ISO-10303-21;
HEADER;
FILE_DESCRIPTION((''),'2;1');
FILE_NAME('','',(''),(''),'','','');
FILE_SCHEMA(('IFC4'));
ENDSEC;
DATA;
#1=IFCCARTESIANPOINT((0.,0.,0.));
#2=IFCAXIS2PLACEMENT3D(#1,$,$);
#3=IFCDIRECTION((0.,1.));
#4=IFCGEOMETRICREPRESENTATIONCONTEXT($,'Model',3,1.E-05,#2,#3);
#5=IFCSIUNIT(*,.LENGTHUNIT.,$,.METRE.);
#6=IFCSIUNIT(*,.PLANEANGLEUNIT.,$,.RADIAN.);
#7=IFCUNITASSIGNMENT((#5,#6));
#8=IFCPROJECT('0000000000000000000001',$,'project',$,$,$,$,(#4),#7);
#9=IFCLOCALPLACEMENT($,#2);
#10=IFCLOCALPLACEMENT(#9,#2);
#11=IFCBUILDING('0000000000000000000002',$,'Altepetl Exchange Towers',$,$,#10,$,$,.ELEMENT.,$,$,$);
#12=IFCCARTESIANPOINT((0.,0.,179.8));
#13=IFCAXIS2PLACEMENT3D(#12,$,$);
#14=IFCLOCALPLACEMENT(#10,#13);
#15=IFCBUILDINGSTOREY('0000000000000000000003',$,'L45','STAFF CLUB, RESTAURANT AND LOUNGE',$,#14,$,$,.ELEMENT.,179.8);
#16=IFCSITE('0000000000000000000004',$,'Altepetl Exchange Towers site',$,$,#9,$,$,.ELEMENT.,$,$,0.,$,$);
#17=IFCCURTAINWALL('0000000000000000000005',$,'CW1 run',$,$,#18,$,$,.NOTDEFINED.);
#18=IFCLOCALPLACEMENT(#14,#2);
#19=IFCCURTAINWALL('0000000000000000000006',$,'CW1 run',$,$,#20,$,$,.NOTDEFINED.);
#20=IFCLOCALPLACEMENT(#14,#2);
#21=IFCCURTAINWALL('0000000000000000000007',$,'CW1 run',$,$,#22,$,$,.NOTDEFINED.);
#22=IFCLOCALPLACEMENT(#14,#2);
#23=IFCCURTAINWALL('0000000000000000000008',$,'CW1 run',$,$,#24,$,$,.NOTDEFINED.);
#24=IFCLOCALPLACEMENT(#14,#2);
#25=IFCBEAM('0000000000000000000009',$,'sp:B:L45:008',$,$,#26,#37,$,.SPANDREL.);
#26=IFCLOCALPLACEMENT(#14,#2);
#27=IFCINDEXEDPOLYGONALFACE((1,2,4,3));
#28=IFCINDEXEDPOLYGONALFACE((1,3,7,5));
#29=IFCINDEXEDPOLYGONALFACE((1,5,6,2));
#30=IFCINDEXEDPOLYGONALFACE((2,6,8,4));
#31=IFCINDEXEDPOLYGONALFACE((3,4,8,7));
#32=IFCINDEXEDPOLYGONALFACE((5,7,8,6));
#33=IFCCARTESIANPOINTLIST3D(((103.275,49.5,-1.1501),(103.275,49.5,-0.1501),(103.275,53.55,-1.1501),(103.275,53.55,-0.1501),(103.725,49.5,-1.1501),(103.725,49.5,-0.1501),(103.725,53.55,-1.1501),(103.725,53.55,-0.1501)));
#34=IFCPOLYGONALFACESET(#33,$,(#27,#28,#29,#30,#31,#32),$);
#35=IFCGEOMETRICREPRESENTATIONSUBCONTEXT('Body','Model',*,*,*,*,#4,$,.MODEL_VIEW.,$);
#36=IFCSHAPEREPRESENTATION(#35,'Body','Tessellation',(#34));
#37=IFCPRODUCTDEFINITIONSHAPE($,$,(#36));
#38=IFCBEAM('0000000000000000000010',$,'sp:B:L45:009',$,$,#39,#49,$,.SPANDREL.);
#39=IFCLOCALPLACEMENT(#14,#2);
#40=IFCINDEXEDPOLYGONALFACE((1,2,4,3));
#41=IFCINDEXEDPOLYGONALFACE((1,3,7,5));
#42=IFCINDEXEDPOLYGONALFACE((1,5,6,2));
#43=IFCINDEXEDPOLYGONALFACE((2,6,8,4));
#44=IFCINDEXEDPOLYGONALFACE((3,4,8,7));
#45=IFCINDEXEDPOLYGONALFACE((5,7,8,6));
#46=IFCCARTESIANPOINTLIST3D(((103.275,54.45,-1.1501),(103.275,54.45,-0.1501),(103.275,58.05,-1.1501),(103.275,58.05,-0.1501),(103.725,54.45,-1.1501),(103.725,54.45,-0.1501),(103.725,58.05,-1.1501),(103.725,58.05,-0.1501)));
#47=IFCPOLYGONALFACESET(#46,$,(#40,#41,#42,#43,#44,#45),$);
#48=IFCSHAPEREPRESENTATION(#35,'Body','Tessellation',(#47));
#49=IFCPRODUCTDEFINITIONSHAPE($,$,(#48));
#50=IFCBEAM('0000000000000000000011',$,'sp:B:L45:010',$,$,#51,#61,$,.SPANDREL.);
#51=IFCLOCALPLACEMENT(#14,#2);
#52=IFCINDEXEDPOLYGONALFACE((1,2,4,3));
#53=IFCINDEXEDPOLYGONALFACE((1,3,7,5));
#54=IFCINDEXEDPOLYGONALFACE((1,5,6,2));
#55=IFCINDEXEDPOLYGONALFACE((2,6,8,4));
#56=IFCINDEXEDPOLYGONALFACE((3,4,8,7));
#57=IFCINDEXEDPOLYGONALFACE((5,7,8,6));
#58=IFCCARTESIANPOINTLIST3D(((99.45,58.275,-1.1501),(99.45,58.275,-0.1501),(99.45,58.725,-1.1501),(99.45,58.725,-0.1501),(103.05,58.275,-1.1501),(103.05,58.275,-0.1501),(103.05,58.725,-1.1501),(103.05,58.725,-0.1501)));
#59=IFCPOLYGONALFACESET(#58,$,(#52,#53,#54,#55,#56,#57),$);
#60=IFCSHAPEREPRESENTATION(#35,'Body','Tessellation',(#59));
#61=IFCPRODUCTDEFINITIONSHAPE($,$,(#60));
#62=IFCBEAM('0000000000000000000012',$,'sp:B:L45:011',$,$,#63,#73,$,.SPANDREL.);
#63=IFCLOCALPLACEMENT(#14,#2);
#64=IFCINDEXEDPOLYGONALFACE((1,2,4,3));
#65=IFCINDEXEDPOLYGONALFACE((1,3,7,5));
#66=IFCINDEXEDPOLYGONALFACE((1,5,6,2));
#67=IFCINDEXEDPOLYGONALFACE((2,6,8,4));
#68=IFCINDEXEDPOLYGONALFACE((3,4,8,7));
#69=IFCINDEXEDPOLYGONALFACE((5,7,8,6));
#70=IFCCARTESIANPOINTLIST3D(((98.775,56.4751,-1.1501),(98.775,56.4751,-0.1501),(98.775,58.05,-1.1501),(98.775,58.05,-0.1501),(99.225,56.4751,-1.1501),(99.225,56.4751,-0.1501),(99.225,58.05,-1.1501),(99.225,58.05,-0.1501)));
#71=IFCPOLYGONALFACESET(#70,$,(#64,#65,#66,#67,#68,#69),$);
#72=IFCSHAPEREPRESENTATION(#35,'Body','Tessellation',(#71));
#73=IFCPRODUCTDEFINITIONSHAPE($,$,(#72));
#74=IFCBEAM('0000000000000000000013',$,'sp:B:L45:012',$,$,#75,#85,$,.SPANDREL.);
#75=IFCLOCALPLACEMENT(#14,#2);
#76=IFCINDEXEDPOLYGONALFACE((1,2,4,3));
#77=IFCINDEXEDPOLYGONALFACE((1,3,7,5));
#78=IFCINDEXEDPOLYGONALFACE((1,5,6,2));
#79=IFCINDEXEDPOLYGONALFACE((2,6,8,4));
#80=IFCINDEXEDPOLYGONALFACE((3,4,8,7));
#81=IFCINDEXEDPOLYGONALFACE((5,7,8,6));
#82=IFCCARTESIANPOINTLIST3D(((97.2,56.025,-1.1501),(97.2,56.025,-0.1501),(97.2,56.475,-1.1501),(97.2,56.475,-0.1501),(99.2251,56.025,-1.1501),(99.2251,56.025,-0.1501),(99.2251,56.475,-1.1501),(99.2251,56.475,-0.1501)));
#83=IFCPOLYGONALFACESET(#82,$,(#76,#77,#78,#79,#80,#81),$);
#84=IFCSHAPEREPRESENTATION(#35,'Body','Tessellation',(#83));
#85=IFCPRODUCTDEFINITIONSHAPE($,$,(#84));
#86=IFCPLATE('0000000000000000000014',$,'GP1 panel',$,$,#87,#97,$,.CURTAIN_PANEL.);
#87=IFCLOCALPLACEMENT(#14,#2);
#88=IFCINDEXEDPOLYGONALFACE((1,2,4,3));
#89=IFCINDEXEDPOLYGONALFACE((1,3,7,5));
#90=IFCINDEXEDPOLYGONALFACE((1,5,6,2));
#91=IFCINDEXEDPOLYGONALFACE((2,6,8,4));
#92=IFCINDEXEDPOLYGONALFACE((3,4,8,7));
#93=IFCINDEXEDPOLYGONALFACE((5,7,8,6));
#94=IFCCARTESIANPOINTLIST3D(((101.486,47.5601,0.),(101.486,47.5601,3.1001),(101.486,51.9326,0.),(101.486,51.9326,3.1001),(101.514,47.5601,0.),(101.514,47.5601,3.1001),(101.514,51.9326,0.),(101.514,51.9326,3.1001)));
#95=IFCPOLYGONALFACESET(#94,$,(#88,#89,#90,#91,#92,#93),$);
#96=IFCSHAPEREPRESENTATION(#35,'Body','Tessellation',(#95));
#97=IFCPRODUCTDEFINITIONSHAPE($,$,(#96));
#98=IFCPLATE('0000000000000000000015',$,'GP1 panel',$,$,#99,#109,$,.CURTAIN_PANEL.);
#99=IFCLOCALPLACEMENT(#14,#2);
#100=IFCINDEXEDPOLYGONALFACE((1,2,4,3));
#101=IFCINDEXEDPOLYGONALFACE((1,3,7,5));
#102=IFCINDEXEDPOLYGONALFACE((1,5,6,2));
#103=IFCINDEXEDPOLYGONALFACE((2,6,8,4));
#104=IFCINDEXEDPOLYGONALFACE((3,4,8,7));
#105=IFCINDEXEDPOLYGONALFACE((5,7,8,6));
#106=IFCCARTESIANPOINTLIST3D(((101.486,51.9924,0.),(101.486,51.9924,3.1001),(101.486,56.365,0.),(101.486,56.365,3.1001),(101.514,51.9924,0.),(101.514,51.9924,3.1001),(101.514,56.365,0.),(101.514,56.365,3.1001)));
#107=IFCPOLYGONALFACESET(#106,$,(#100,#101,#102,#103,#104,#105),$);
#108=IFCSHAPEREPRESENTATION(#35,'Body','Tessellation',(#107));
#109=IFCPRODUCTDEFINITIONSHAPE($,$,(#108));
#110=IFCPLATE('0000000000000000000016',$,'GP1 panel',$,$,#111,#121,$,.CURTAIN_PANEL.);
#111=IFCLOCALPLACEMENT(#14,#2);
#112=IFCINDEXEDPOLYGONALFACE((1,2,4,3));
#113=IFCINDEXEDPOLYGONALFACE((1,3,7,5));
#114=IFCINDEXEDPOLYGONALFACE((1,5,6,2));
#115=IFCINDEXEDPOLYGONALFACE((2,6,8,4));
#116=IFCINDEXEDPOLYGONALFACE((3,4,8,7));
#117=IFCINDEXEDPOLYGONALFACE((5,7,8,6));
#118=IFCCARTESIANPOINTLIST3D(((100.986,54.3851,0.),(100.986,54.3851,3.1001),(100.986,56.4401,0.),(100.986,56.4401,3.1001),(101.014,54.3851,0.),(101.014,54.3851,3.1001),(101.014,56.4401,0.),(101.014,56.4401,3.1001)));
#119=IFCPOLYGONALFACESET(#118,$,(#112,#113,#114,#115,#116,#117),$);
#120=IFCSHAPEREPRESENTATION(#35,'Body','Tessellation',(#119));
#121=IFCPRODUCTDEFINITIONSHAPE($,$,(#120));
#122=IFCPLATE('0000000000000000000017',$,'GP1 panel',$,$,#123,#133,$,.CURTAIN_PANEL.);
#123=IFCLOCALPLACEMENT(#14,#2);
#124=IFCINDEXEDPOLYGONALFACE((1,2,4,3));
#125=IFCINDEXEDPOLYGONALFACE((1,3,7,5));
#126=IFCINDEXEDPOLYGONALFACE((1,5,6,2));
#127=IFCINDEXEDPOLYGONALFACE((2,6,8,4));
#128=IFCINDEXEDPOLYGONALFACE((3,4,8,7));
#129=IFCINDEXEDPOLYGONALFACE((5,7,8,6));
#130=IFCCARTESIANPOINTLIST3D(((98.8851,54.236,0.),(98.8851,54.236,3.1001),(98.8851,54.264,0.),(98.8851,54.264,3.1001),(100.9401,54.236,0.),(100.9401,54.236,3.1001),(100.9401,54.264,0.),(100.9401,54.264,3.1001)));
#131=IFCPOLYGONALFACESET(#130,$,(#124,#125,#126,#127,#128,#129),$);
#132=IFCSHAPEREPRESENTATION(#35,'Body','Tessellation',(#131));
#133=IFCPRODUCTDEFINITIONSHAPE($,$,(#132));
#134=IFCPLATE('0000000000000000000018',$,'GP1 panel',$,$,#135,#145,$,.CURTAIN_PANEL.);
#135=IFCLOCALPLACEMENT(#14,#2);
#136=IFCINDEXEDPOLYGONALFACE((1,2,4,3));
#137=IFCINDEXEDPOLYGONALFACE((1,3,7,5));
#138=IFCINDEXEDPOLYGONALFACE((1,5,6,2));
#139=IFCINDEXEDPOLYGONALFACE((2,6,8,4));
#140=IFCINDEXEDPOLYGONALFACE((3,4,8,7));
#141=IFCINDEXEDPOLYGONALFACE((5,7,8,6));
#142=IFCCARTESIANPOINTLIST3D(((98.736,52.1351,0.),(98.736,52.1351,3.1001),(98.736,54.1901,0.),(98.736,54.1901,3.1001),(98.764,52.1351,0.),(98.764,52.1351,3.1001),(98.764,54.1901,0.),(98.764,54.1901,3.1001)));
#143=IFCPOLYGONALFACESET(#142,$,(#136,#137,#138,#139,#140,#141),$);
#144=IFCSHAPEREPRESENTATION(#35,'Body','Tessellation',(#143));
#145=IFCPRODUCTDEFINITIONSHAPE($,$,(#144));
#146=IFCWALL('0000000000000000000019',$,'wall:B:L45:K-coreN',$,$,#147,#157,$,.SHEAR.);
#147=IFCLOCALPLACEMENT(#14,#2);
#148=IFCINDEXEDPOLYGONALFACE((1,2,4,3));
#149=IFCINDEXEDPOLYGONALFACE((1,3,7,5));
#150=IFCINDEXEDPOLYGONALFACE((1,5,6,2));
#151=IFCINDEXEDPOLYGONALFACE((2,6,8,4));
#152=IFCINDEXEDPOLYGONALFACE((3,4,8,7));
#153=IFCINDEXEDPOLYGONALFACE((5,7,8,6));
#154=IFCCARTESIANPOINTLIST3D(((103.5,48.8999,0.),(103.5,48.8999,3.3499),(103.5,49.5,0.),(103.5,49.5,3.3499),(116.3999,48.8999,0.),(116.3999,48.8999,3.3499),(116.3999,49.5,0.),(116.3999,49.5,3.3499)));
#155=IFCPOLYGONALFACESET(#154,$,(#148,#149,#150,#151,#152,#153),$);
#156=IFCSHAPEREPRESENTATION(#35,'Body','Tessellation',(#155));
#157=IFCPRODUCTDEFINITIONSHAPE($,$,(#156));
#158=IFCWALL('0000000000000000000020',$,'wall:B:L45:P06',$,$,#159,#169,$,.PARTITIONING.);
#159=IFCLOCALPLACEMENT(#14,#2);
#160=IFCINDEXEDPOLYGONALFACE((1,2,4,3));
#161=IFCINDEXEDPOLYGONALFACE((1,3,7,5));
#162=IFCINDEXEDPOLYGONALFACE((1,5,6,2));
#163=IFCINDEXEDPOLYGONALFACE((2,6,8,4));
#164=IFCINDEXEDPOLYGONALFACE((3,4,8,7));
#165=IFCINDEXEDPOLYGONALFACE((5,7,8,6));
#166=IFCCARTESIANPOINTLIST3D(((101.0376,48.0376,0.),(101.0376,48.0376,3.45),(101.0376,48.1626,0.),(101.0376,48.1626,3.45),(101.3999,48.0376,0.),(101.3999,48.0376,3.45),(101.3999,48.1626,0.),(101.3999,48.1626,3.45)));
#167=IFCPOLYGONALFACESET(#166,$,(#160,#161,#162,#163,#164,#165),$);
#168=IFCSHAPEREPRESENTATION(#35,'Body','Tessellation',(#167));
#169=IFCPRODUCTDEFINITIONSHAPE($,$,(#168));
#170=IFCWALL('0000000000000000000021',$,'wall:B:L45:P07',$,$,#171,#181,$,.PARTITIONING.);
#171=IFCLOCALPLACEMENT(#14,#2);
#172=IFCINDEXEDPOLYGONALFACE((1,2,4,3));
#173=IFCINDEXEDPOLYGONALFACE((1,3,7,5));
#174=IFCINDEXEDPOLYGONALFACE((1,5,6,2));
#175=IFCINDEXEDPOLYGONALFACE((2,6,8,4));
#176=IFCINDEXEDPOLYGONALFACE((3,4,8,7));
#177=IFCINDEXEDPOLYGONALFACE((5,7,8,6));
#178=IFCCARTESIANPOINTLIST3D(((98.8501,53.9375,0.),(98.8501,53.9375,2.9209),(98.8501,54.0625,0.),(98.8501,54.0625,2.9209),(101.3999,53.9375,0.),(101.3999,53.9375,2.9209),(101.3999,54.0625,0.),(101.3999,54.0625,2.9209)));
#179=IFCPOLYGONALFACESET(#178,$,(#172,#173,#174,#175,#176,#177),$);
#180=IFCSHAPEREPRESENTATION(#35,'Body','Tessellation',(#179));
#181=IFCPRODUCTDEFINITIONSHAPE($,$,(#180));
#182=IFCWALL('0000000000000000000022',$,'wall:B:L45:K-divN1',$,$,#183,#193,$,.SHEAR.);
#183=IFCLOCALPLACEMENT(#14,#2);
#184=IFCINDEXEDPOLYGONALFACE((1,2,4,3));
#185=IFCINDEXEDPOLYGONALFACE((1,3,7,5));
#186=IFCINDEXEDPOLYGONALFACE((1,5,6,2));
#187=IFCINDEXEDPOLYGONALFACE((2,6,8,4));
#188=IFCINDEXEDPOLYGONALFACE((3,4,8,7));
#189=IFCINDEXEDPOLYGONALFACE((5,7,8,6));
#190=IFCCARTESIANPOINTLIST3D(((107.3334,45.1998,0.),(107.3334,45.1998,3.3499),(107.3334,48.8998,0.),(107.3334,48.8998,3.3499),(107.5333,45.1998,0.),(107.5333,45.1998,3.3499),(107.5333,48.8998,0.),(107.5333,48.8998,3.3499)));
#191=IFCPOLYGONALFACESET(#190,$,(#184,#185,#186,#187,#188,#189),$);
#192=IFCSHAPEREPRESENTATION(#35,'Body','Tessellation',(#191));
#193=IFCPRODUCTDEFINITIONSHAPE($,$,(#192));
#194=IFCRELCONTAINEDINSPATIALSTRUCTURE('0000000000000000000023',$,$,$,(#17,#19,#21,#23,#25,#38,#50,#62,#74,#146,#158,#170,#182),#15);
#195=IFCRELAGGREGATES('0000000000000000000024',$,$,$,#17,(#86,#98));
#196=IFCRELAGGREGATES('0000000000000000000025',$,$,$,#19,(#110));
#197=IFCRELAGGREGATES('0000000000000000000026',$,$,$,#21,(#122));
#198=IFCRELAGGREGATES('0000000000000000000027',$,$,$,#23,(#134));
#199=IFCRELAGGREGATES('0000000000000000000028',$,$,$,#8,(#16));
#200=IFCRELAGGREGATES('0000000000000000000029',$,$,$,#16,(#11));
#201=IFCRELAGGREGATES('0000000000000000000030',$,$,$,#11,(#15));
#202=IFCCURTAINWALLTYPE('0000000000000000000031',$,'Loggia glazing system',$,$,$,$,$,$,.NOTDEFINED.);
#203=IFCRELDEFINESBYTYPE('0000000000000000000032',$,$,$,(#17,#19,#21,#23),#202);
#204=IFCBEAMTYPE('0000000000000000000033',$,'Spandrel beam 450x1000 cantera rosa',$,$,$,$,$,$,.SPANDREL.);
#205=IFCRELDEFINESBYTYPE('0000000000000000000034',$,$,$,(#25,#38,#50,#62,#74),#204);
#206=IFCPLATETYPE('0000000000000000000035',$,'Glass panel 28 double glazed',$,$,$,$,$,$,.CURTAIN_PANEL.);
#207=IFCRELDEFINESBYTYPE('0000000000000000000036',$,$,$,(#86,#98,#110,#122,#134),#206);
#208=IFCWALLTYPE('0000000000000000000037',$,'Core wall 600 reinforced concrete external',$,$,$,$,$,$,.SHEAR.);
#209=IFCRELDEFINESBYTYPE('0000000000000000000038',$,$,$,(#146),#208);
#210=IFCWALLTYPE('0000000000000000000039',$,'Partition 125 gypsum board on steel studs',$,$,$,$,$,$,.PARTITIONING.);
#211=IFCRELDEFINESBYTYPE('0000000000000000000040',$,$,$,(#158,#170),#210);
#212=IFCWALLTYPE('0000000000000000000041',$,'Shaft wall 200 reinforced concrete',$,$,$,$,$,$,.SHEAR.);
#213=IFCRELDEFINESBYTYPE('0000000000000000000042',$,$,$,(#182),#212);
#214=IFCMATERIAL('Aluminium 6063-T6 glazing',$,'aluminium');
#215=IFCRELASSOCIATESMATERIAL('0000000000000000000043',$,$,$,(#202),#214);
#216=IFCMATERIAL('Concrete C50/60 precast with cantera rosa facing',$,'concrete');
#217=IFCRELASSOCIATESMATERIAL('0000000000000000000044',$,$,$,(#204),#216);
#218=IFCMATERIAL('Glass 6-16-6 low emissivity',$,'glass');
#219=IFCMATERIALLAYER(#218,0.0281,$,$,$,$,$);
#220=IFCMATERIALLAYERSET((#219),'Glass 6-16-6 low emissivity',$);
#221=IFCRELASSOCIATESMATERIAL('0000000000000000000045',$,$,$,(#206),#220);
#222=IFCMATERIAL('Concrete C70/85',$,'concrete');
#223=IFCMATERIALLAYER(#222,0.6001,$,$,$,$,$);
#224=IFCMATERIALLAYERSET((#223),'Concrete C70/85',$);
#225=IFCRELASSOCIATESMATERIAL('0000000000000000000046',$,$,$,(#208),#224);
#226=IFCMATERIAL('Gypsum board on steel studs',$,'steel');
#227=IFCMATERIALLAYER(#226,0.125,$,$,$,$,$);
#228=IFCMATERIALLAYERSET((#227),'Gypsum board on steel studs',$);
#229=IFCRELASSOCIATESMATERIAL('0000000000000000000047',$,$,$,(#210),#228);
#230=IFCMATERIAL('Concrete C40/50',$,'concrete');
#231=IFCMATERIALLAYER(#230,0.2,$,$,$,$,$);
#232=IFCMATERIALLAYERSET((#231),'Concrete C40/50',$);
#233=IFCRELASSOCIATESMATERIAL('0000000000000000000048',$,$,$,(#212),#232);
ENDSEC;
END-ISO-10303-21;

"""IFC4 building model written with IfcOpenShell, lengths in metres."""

from ifc_helpers import new_model, si_unit, direction, frame, frame_2d, origin, origin_2d, place, context, subcontext, project, spatial, rectangle, extrude, material, layer, layer_set, material_profile, profile_set, type_object, element, aggregate, save


model = new_model("IFC4")

# Units and contexts
model_context = context("Model", 3, precision=1e-05, world=origin(), true_north=direction((0.0, 1.0)))
body_context = subcontext(model_context, "Body", "Model", "MODEL_VIEW")
ifc_project = project(units=[si_unit("LENGTHUNIT", "METRE"), si_unit("PLANEANGLEUNIT", "RADIAN")], contexts=[model_context])

# Site, building, storey
site_placement = place(None, origin())
site = spatial("IfcSite", under=ifc_project, at=site_placement, Name="Altepetl Exchange Towers site", CompositionType="ELEMENT", RefElevation=0.0)
building_placement = place(site_placement, origin())
building = spatial("IfcBuilding", under=site, at=building_placement, Name="Altepetl Exchange Towers", CompositionType="ELEMENT")
storey_placement = place(building_placement, frame((0.0, 0.0, 179.8)))
storey = spatial("IfcBuildingStorey", under=building, at=storey_placement, Name="L45", Description="STAFF CLUB, RESTAURANT AND LOUNGE", CompositionType="ELEMENT", Elevation=179.8)

# Shared definitions
ifc_material_1 = material(Name="Aluminium 6063-T6 glazing", Category="aluminium")
curtain_wall_type = type_object("IfcCurtainWallType", Name="Loggia glazing system", PredefinedType="NOTDEFINED", material=ifc_material_1)

# Curtain walls
curtain_wall_1_placement = place(storey_placement, origin())
curtain_wall_1 = element("IfcCurtainWall", 1, at=curtain_wall_1_placement, inside=storey, type_object=curtain_wall_type, Name="CW1 run", PredefinedType="NOTDEFINED")
curtain_wall_2_placement = place(storey_placement, origin())
curtain_wall_2 = element("IfcCurtainWall", 2, at=curtain_wall_2_placement, inside=storey, type_object=curtain_wall_type, Name="CW1 run", PredefinedType="NOTDEFINED")
curtain_wall_3_placement = place(storey_placement, origin())
curtain_wall_3 = element("IfcCurtainWall", 3, at=curtain_wall_3_placement, inside=storey, type_object=curtain_wall_type, Name="CW1 run", PredefinedType="NOTDEFINED")

# Curtain wall
curtain_wall_4_placement = place(storey_placement, origin())
curtain_wall_4 = element("IfcCurtainWall", 4, at=curtain_wall_4_placement, inside=storey, type_object=curtain_wall_type, Name="CW1 run", PredefinedType="NOTDEFINED")

# Beams
ifc_material_2 = material(Name="Concrete C50/60 precast with cantera rosa facing", Category="concrete")
ifc_material_profile_1 = material_profile(ifc_material_2, rectangle(XDim=0.45, YDim=1.0, at=origin_2d()), Name="450 x 1000")
ifc_profile_set_1 = profile_set([ifc_material_profile_1], Name="Concrete C50/60 precast with cantera rosa facing")
beam_type = type_object("IfcBeamType", Name="Spandrel beam 450x1000 cantera rosa", PredefinedType="SPANDREL", material=ifc_profile_set_1)
beam_1_placement = place(storey_placement, frame((103.5, 49.5, -0.6501), z_axis=(0.0, 1.0, 0.0), x_axis=(-1.0, 0.0, 0.0)))
element("IfcBeam", 5, at=beam_1_placement, inside=storey, type_object=beam_type, Name="sp:B:L45:008", PredefinedType="SPANDREL", context=body_context, shape_type="SweptSolid", body=[
    extrude(rectangle(XDim=0.45, YDim=1.0, at=origin_2d()), origin(), (0.0, 0.0, 1.0), 4.05),
])
for number, where, z_axis, x_axis, name in (
    (6, (103.5, 54.45, -0.6501), (0.0, 1.0, 0.0), (-1.0, 0.0, 0.0), "sp:B:L45:009"),
    (7, (103.05, 58.5, -0.6501), (-1.0, 0.0, 0.0), (0.0, -1.0, 0.0), "sp:B:L45:010"),
):
    element("IfcBeam", number, at=place(storey_placement, frame(where, z_axis=z_axis, x_axis=x_axis)), inside=storey, type_object=beam_type, Name=name, PredefinedType="SPANDREL", context=body_context, shape_type="SweptSolid", body=[
        extrude(rectangle(XDim=0.45, YDim=1.0, at=origin_2d()), origin(), (0.0, 0.0, 1.0), 3.6001),
    ])
beam_2_placement = place(storey_placement, frame((99.0, 58.05, -0.6501), z_axis=(0.0, -1.0, 0.0), x_axis=(1.0, 0.0, 0.0)))
element("IfcBeam", 8, at=beam_2_placement, inside=storey, type_object=beam_type, Name="sp:B:L45:011", PredefinedType="SPANDREL", context=body_context, shape_type="SweptSolid", body=[
    extrude(rectangle(XDim=0.45, YDim=1.0, at=origin_2d()), origin(), (0.0, 0.0, 1.0), 1.575),
])
beam_3_placement = place(storey_placement, frame((99.2251, 56.25, -0.6501), z_axis=(-1.0, 0.0, 0.0), x_axis=(0.0, -1.0, 0.0)))
element("IfcBeam", 9, at=beam_3_placement, inside=storey, type_object=beam_type, Name="sp:B:L45:012", PredefinedType="SPANDREL", context=body_context, shape_type="SweptSolid", body=[
    extrude(rectangle(XDim=0.45, YDim=1.0, at=origin_2d()), origin(), (0.0, 0.0, 1.0), 2.0251),
])

# Plates
ifc_material_3 = material(Name="Glass 6-16-6 low emissivity", Category="glass")
ifc_layer_1 = layer(ifc_material_3, 0.0281)
ifc_layer_set_1 = layer_set([ifc_layer_1], Name="Glass 6-16-6 low emissivity")
plate_type = type_object("IfcPlateType", Name="Glass panel 28 double glazed", PredefinedType="CURTAIN_PANEL", material=ifc_layer_set_1)
plate_1_placement = place(storey_placement, frame((101.5, 49.7463, 0.0), z_axis=(0.0, 0.0, 1.0), x_axis=(0.0, 1.0, 0.0)))
plate_1 = element("IfcPlate", 10, at=plate_1_placement, type_object=plate_type, Name="GP1 panel", PredefinedType="CURTAIN_PANEL", context=body_context, shape_type="SweptSolid", body=[
    extrude(rectangle(XDim=4.3726, YDim=0.0281, at=origin_2d()), origin(), (0.0, 0.0, 1.0), 3.1001),
])
plate_2_placement = place(storey_placement, frame((101.5, 54.1787, 0.0), z_axis=(0.0, 0.0, 1.0), x_axis=(0.0, 1.0, 0.0)))
plate_2 = element("IfcPlate", 11, at=plate_2_placement, type_object=plate_type, Name="GP1 panel", PredefinedType="CURTAIN_PANEL", context=body_context, shape_type="SweptSolid", body=[
    extrude(rectangle(XDim=4.3726, YDim=0.0281, at=origin_2d()), origin(), (0.0, 0.0, 1.0), 3.1001),
])
aggregate(curtain_wall_1, [plate_1, plate_2])
plate_3_placement = place(storey_placement, frame((101.0, 55.4126, 0.0), z_axis=(0.0, 0.0, 1.0), x_axis=(0.0, -1.0, 0.0)))
plate_3 = element("IfcPlate", 12, at=plate_3_placement, type_object=plate_type, Name="GP1 panel", PredefinedType="CURTAIN_PANEL", context=body_context, shape_type="SweptSolid", body=[
    extrude(rectangle(XDim=2.0549, YDim=0.0281, at=origin_2d()), origin(), (0.0, 0.0, 1.0), 3.1001),
])
aggregate(curtain_wall_2, [plate_3])
plate_4_placement = place(storey_placement, frame((99.9126, 54.25, 0.0), z_axis=(0.0, 0.0, 1.0), x_axis=(-1.0, 0.0, 0.0)))
plate_4 = element("IfcPlate", 13, at=plate_4_placement, type_object=plate_type, Name="GP1 panel", PredefinedType="CURTAIN_PANEL", context=body_context, shape_type="SweptSolid", body=[
    extrude(rectangle(XDim=2.0549, YDim=0.0281, at=origin_2d()), origin(), (0.0, 0.0, 1.0), 3.1001),
])
aggregate(curtain_wall_3, [plate_4])
plate_5_placement = place(storey_placement, frame((98.75, 53.1626, 0.0), z_axis=(0.0, 0.0, 1.0), x_axis=(0.0, -1.0, 0.0)))
plate_5 = element("IfcPlate", 14, at=plate_5_placement, type_object=plate_type, Name="GP1 panel", PredefinedType="CURTAIN_PANEL", context=body_context, shape_type="SweptSolid", body=[
    extrude(rectangle(XDim=2.0549, YDim=0.0281, at=origin_2d()), origin(), (0.0, 0.0, 1.0), 3.1001),
])
aggregate(curtain_wall_4, [plate_5])

# Walls
ifc_material_4 = material(Name="Concrete C70/85", Category="concrete")
ifc_layer_2 = layer(ifc_material_4, 0.6001)
ifc_layer_set_2 = layer_set([ifc_layer_2], Name="Concrete C70/85")
wall_type_1 = type_object("IfcWallType", Name="Core wall 600 reinforced concrete external", PredefinedType="SHEAR", material=ifc_layer_set_2)
wall_1_placement = place(storey_placement, frame((103.5, 49.2, 0.0)))
element("IfcWall", 15, at=wall_1_placement, inside=storey, type_object=wall_type_1, Name="wall:B:L45:K-coreN", PredefinedType="SHEAR", context=body_context, shape_type="SweptSolid", body=[
    extrude(rectangle(XDim=12.8999, YDim=0.6001, at=frame_2d((6.45, 0.0))), origin(), (0.0, 0.0, 1.0), 3.3499),
])
ifc_material_5 = material(Name="Gypsum board on steel studs", Category="steel")
ifc_layer_3 = layer(ifc_material_5, 0.125)
ifc_layer_set_3 = layer_set([ifc_layer_3], Name="Gypsum board on steel studs")
wall_type_2 = type_object("IfcWallType", Name="Partition 125 gypsum board on steel studs", PredefinedType="PARTITIONING", material=ifc_layer_set_3)
wall_2_placement = place(storey_placement, frame((101.0376, 48.1001, 0.0)))
element("IfcWall", 16, at=wall_2_placement, inside=storey, type_object=wall_type_2, Name="wall:B:L45:P06", PredefinedType="PARTITIONING", context=body_context, shape_type="SweptSolid", body=[
    extrude(rectangle(XDim=0.3623, YDim=0.125, at=frame_2d((0.1812, 0.0))), origin(), (0.0, 0.0, 1.0), 3.45),
])
wall_3_placement = place(storey_placement, frame((98.8501, 54.0, 0.0)))
element("IfcWall", 17, at=wall_3_placement, inside=storey, type_object=wall_type_2, Name="wall:B:L45:P07", PredefinedType="PARTITIONING", context=body_context, shape_type="SweptSolid", body=[
    extrude(rectangle(XDim=2.5498, YDim=0.125, at=frame_2d((1.2749, 0.0))), origin(), (0.0, 0.0, 1.0), 2.9209),
])
ifc_material_6 = material(Name="Concrete C40/50", Category="concrete")
ifc_layer_4 = layer(ifc_material_6, 0.2)
ifc_layer_set_4 = layer_set([ifc_layer_4], Name="Concrete C40/50")
wall_type_3 = type_object("IfcWallType", Name="Shaft wall 200 reinforced concrete", PredefinedType="SHEAR", material=ifc_layer_set_4)
wall_4_placement = place(storey_placement, frame((107.4333, 48.8999, 0.0), z_axis=(0.0, 0.0, 1.0), x_axis=(0.0, -1.0, 0.0)))
element("IfcWall", 18, at=wall_4_placement, inside=storey, type_object=wall_type_3, Name="wall:B:L45:K-divN1", PredefinedType="SHEAR", context=body_context, shape_type="SweptSolid", body=[
    extrude(rectangle(XDim=3.7, YDim=0.2, at=frame_2d((1.8501, 0.0))), origin(), (0.0, 0.0, 1.0), 3.3499),
])

save(model, "model.ifc")
